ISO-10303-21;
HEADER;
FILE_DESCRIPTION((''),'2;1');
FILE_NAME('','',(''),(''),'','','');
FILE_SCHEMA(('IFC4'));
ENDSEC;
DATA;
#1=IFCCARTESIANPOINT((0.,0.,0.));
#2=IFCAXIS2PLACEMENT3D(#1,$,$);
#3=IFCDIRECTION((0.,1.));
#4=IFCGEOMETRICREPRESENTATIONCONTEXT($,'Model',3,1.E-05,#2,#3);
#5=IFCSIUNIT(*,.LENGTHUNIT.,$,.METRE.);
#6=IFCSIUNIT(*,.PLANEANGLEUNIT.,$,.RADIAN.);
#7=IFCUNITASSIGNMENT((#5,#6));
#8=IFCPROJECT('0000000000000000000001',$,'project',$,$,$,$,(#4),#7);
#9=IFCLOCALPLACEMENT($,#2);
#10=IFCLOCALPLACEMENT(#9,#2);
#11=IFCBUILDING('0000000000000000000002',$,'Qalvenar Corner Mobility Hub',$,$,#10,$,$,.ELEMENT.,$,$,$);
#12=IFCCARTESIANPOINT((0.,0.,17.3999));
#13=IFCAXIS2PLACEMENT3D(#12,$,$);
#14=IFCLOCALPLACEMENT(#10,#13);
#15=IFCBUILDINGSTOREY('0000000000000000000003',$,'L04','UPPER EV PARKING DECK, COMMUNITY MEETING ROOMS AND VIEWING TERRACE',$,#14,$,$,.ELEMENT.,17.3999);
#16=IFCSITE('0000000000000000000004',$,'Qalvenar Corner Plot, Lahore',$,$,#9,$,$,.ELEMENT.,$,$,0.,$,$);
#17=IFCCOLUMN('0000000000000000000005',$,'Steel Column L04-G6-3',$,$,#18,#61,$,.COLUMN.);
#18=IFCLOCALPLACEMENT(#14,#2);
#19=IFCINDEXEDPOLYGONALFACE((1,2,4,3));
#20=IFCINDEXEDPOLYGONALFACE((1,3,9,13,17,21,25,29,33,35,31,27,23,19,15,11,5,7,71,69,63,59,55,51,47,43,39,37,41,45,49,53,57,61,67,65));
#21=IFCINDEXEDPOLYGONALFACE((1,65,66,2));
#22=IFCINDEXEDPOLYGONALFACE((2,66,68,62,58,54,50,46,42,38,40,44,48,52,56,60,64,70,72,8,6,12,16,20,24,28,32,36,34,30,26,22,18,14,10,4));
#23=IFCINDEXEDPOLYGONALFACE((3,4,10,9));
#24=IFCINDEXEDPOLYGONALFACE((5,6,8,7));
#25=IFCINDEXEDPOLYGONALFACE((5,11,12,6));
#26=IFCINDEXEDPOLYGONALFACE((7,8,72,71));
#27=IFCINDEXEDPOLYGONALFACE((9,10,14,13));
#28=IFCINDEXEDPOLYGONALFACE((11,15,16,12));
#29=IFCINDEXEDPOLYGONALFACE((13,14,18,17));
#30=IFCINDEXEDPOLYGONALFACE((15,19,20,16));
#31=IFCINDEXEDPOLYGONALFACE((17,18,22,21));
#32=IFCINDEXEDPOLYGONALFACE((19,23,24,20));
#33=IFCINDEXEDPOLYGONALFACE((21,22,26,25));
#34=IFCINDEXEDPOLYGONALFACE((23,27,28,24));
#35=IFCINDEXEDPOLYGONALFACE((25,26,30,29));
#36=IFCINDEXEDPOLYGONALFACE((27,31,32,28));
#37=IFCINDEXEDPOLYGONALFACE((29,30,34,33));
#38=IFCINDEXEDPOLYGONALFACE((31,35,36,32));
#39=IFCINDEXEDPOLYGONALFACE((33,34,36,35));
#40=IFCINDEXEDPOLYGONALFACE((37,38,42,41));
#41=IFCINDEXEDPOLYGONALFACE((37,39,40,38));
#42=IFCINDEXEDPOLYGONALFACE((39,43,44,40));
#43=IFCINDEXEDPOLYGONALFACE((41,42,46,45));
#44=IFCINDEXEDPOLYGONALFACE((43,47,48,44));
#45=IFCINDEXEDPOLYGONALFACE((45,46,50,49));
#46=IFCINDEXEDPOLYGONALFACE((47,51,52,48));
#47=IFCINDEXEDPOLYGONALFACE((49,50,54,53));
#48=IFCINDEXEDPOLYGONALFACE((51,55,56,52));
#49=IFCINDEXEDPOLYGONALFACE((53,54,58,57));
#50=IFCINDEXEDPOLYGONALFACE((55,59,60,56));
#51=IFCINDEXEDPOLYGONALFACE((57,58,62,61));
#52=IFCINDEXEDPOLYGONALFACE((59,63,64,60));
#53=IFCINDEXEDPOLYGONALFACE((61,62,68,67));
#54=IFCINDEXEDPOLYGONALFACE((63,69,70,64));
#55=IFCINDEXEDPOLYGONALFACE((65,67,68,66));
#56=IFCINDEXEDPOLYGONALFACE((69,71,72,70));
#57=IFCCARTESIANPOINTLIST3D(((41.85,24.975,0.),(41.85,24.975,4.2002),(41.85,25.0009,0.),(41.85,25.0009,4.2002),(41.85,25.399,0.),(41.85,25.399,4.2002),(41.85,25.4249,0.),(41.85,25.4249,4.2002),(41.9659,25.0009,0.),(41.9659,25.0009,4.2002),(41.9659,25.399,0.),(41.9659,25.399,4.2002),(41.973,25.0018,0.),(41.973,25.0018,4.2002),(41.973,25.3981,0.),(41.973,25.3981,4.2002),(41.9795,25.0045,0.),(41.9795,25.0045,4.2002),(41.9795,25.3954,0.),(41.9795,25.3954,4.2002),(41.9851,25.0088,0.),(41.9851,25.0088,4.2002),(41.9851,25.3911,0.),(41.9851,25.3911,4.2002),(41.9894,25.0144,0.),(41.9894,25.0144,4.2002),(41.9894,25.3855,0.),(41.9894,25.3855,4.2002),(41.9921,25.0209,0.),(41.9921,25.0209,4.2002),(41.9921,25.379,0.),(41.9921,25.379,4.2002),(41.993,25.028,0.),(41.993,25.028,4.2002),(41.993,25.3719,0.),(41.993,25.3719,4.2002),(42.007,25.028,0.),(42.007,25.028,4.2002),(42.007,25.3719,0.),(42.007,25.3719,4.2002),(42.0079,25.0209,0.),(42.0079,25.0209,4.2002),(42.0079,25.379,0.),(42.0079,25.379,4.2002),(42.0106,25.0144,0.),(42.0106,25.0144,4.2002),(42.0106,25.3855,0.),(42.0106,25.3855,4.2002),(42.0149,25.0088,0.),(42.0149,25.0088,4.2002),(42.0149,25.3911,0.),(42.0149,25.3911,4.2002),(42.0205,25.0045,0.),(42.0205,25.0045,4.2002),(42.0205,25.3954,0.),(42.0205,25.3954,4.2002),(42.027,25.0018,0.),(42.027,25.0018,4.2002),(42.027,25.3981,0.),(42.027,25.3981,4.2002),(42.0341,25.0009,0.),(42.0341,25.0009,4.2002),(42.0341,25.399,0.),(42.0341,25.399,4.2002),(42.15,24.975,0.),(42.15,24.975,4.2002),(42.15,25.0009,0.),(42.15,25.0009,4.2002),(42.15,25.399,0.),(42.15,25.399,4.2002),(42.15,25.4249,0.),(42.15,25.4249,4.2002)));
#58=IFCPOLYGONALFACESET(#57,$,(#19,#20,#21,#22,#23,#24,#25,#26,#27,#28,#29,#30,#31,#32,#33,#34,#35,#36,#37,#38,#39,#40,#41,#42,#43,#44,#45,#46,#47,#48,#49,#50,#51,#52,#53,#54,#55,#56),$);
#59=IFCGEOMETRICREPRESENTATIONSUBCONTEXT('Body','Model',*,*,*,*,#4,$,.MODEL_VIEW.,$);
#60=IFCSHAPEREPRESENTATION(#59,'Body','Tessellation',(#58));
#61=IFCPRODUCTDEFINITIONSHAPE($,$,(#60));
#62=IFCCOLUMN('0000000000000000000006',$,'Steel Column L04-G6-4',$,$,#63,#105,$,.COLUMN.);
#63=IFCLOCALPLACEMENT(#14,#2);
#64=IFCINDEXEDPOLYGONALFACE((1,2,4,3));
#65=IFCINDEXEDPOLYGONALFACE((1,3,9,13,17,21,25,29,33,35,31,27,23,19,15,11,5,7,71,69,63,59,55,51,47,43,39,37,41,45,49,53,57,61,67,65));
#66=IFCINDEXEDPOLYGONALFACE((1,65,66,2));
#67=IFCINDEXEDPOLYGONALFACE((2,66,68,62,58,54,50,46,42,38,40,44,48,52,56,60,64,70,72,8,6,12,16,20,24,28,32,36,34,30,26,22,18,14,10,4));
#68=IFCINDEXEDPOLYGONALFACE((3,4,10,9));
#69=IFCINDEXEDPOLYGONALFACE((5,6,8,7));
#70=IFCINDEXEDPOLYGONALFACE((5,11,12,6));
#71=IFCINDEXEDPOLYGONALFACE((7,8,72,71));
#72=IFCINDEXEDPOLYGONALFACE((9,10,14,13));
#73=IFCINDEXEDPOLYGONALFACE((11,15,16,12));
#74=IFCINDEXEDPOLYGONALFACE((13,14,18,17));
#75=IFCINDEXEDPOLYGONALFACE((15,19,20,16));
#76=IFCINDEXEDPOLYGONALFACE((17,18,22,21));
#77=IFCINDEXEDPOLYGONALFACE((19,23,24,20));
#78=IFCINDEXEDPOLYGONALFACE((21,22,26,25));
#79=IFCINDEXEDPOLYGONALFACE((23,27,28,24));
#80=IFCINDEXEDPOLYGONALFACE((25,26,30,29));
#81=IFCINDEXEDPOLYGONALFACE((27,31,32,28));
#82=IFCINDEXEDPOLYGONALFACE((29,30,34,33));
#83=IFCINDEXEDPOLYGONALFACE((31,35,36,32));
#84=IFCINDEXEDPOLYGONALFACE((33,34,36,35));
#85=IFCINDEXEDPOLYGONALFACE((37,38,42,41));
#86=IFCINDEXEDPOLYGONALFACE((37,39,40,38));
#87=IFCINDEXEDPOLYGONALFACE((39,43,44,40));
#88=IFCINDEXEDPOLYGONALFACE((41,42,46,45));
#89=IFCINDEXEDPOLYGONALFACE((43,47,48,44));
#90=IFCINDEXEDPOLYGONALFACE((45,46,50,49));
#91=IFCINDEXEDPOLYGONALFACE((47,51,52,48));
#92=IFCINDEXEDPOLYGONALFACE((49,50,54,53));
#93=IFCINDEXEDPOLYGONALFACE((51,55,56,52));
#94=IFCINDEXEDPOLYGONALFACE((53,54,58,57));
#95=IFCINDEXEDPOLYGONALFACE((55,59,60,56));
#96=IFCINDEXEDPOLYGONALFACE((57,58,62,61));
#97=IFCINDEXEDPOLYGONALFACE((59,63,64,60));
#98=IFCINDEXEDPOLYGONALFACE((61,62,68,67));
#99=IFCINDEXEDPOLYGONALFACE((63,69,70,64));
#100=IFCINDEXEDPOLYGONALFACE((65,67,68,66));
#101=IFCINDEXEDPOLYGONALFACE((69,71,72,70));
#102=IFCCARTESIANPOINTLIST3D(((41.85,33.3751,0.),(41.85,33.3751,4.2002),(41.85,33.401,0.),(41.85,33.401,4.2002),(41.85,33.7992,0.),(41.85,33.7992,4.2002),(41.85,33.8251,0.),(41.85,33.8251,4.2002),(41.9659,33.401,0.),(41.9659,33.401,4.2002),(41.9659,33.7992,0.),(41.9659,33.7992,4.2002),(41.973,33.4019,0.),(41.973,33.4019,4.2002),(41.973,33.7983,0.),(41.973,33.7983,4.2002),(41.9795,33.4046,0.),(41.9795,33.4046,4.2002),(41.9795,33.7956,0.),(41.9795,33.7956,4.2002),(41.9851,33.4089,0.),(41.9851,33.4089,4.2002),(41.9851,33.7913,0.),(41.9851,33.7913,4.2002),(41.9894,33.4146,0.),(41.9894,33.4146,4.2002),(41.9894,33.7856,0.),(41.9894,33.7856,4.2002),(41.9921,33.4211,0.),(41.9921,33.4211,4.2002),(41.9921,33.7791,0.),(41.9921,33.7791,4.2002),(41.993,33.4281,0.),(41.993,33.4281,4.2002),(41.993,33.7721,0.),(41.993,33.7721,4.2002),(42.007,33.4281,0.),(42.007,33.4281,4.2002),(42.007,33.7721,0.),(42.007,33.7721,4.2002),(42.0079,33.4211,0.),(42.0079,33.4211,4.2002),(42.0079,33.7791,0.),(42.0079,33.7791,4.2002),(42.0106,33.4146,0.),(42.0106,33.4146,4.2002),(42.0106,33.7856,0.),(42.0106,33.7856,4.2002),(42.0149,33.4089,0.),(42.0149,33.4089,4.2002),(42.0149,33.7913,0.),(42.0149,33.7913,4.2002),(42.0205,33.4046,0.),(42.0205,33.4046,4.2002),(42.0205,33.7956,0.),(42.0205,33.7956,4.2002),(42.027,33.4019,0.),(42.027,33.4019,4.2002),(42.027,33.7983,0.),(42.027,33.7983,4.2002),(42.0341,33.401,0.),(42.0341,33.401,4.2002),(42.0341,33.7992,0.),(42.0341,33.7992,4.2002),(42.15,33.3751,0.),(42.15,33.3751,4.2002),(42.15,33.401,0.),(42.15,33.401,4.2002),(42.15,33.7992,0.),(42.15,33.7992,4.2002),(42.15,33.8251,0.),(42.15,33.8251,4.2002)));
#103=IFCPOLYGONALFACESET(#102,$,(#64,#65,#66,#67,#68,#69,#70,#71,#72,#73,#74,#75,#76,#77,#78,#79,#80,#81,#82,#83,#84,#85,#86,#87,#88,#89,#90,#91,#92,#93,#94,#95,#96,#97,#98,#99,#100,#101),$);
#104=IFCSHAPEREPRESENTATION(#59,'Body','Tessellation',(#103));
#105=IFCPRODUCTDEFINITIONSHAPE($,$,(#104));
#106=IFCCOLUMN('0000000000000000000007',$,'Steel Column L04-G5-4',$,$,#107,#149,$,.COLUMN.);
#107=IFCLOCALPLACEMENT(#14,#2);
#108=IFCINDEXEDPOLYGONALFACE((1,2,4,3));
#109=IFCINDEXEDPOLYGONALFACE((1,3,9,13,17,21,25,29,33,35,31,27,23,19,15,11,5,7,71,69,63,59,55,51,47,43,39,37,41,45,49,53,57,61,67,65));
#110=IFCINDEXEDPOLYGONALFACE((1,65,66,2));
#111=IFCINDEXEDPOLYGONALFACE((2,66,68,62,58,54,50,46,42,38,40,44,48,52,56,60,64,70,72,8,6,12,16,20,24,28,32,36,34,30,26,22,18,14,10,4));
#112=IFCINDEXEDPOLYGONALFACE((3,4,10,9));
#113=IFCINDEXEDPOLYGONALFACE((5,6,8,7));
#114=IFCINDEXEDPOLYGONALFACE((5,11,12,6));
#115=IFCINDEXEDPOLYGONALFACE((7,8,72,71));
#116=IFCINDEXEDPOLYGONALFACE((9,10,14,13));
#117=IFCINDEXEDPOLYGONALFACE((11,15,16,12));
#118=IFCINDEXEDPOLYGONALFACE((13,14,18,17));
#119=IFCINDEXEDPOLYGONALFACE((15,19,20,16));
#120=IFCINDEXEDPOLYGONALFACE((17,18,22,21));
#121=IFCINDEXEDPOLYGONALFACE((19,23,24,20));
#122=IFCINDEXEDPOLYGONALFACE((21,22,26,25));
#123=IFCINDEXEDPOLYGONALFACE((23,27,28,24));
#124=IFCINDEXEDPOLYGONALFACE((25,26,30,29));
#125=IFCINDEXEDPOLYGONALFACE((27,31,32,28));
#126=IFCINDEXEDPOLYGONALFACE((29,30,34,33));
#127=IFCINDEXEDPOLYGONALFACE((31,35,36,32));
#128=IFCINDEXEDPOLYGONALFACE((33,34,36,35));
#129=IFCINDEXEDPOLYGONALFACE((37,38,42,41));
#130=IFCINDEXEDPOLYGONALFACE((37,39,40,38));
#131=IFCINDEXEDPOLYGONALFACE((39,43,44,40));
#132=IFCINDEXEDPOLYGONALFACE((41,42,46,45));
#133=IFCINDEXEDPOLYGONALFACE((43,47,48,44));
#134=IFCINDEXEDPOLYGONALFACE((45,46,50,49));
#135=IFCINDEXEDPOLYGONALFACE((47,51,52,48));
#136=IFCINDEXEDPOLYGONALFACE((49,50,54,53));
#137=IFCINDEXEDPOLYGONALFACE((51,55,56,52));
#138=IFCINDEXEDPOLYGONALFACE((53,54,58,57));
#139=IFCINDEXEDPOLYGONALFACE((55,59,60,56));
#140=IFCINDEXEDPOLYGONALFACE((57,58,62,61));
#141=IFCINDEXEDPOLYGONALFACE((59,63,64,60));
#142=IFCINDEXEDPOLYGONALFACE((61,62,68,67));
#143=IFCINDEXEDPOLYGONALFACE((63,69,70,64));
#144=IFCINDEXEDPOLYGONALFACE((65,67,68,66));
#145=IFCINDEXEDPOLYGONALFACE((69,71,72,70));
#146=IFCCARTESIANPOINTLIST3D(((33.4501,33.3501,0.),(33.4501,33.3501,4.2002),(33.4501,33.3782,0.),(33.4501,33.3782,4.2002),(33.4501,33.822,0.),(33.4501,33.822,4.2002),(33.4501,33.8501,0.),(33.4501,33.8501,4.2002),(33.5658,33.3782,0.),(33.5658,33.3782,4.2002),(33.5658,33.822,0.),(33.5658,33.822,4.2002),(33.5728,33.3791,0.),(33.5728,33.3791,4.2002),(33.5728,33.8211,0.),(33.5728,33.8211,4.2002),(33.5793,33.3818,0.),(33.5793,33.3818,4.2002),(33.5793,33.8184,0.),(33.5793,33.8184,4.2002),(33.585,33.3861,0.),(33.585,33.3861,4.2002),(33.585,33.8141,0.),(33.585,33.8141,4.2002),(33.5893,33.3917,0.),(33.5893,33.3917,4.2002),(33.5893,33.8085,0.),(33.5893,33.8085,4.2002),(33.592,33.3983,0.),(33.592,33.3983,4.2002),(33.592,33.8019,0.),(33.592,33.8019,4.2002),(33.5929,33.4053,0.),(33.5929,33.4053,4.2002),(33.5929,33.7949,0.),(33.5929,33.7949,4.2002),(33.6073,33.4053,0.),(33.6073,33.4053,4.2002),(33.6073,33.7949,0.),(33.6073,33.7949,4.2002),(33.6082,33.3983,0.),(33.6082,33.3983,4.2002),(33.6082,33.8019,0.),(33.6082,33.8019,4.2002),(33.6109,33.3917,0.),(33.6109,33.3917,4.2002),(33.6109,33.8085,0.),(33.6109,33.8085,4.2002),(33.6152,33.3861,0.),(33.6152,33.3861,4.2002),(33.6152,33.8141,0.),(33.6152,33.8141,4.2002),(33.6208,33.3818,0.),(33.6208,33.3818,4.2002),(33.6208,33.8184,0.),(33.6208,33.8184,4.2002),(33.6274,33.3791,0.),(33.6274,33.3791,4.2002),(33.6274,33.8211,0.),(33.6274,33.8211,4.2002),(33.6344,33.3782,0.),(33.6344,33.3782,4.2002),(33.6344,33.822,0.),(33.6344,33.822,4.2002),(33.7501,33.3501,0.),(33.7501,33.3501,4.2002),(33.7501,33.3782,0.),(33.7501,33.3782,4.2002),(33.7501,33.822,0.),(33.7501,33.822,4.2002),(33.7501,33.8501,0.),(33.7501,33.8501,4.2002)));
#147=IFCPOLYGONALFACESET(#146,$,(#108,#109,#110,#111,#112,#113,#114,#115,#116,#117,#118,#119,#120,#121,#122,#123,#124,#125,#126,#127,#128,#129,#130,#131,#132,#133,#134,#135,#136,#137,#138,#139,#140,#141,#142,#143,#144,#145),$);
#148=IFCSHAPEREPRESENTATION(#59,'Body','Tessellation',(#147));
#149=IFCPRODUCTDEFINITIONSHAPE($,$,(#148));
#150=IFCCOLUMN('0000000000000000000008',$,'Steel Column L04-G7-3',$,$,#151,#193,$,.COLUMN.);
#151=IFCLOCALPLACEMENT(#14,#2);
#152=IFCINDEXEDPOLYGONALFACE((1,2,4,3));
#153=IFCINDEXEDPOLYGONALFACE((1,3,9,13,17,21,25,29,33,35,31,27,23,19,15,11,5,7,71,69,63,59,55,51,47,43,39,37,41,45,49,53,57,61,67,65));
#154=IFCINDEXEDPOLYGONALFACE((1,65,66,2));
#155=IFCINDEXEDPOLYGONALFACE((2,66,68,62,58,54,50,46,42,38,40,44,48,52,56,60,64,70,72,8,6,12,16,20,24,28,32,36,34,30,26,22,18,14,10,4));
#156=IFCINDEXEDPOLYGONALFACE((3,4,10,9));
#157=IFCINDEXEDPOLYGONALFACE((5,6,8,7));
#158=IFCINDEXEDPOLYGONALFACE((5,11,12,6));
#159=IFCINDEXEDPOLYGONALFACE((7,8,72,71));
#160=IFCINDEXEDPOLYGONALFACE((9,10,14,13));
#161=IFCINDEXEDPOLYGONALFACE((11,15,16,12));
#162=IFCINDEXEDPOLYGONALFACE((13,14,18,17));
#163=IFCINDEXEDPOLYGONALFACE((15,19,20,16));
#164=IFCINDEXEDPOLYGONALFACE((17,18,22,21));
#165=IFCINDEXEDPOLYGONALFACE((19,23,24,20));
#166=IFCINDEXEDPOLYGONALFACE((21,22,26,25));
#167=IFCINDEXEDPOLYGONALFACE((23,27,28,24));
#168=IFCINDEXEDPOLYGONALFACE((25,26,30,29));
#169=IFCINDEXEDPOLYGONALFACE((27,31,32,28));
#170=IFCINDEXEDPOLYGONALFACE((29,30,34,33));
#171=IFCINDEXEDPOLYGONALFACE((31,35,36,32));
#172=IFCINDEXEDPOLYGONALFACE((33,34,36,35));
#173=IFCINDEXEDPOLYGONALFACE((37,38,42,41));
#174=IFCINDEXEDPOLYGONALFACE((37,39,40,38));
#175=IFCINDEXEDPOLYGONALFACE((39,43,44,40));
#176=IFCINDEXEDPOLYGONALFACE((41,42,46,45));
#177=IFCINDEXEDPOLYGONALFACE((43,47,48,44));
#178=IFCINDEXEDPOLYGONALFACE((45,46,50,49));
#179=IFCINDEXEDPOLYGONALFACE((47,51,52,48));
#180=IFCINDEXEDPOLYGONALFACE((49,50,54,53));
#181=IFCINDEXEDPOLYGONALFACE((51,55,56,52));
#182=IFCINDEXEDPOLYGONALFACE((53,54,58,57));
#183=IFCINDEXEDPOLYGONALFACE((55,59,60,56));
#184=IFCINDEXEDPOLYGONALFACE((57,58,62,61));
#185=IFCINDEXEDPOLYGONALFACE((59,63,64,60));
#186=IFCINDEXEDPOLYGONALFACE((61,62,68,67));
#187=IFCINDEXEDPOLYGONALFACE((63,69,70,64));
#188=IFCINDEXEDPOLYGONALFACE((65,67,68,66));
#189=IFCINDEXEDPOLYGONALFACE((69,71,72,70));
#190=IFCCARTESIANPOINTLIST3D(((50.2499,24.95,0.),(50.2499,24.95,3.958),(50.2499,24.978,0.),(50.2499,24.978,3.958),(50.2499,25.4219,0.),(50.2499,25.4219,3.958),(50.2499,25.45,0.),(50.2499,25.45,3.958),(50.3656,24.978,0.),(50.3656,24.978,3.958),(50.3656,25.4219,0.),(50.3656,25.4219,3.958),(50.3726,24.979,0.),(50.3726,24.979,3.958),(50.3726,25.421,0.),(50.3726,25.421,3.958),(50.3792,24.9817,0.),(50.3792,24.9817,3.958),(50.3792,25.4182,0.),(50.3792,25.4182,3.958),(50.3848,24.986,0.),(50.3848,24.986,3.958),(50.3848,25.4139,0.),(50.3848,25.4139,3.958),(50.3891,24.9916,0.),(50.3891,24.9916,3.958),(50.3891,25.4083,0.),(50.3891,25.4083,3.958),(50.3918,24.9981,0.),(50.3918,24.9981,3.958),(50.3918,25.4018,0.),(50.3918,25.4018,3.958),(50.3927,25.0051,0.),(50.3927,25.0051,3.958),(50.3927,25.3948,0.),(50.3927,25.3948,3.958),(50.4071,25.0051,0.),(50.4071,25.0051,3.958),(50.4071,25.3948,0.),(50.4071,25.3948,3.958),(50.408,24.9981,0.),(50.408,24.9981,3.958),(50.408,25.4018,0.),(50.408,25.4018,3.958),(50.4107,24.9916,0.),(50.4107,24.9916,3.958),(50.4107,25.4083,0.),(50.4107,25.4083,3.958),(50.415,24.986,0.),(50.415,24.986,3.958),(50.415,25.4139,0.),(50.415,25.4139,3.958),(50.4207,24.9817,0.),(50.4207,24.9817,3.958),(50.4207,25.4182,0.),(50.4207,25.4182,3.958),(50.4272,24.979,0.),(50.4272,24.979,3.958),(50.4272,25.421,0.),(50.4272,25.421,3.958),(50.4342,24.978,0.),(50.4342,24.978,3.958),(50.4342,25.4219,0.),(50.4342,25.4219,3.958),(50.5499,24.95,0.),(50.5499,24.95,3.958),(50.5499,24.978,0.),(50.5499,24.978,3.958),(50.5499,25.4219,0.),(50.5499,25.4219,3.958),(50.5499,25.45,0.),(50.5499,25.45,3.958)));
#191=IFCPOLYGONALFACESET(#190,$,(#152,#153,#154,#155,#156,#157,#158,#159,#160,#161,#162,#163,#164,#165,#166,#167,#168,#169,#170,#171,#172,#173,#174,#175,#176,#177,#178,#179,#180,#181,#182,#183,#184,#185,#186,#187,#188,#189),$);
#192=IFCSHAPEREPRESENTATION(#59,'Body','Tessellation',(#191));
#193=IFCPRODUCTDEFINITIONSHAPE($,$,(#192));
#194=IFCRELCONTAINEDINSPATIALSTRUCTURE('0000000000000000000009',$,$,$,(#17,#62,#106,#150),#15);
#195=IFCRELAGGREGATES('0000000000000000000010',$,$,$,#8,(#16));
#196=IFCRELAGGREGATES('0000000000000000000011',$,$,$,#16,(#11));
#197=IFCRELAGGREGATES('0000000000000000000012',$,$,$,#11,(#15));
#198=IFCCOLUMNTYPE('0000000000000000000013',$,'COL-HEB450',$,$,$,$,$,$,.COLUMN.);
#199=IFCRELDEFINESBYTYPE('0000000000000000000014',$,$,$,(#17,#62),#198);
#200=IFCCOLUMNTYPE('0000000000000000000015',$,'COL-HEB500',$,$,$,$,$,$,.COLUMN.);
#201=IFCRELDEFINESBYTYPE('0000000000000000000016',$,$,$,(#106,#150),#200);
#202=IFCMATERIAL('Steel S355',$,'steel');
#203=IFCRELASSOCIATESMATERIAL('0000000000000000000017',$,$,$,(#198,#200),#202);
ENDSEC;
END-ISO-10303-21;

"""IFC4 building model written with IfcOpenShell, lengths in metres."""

from ifc_helpers import new_model, si_unit, direction, frame, origin, origin_2d, place, context, subcontext, project, spatial, i_section, extrude, material, material_profile, profile_set, type_object, element, save


model = new_model("IFC4")

# Units and contexts
model_context = context("Model", 3, precision=1e-05, world=origin(), true_north=direction((0.0, 1.0)))
body_context = subcontext(model_context, "Body", "Model", "MODEL_VIEW")
ifc_project = project(units=[si_unit("LENGTHUNIT", "METRE"), si_unit("PLANEANGLEUNIT", "RADIAN")], contexts=[model_context])

# Site, building, storey
site_placement = place(None, origin())
site = spatial("IfcSite", under=ifc_project, at=site_placement, Name="Qalvenar Corner Plot, Lahore", CompositionType="ELEMENT", RefElevation=0.0)
building_placement = place(site_placement, origin())
building = spatial("IfcBuilding", under=site, at=building_placement, Name="Qalvenar Corner Mobility Hub", CompositionType="ELEMENT")
storey_placement = place(building_placement, frame((0.0, 0.0, 17.3999)))
storey = spatial("IfcBuildingStorey", under=building, at=storey_placement, Name="L04", Description="UPPER EV PARKING DECK, COMMUNITY MEETING ROOMS AND VIEWING TERRACE", CompositionType="ELEMENT", Elevation=17.3999)

# Columns
ifc_material_1 = material(Name="Steel S355", Category="steel")
ifc_material_profile_1 = material_profile(ifc_material_1, i_section(OverallWidth=0.3, OverallDepth=0.45, WebThickness=0.0139, FlangeThickness=0.0259, FilletRadius=0.0271, at=origin_2d()), Name="HEB450")
ifc_profile_set_1 = profile_set([ifc_material_profile_1], Name="Steel S355")
column_type_1 = type_object("IfcColumnType", Name="COL-HEB450", PredefinedType="COLUMN", material=ifc_profile_set_1)
for number, where, z_axis, x_axis, name in (
    (1, (42.0, 25.2, 0.0), (0.0, 0.0, 1.0), (1.0, 0.0, 0.0), "Steel Column L04-G6-3"),
    (2, (42.0, 33.6001, 0.0), (0.0, 0.0, 1.0), (1.0, 0.0, 0.0), "Steel Column L04-G6-4"),
):
    element("IfcColumn", number, at=place(storey_placement, frame(where, z_axis=z_axis, x_axis=x_axis)), inside=storey, type_object=column_type_1, Name=name, PredefinedType="COLUMN", context=body_context, shape_type="SweptSolid", body=[
        extrude(i_section(OverallWidth=0.3, OverallDepth=0.45, WebThickness=0.0139, FlangeThickness=0.0259, FilletRadius=0.0271, at=origin_2d()), origin(), (0.0, 0.0, 1.0), 4.2002),
    ])
ifc_material_profile_2 = material_profile(ifc_material_1, i_section(OverallWidth=0.3, OverallDepth=0.5, WebThickness=0.0144, FlangeThickness=0.0281, FilletRadius=0.0271, at=origin_2d()), Name="HEB500")
ifc_profile_set_2 = profile_set([ifc_material_profile_2], Name="Steel S355")
column_type_2 = type_object("IfcColumnType", Name="COL-HEB500", PredefinedType="COLUMN", material=ifc_profile_set_2)
column_placement = place(storey_placement, frame((33.6001, 33.6001, 0.0), z_axis=(0.0, 0.0, 1.0), x_axis=(1.0, 0.0, 0.0)))
element("IfcColumn", 3, at=column_placement, inside=storey, type_object=column_type_2, Name="Steel Column L04-G5-4", PredefinedType="COLUMN", context=body_context, shape_type="SweptSolid", body=[
    extrude(i_section(OverallWidth=0.3, OverallDepth=0.5, WebThickness=0.0144, FlangeThickness=0.0281, FilletRadius=0.0271, at=origin_2d()), origin(), (0.0, 0.0, 1.0), 4.2002),
])
for number, where, z_axis, x_axis, name in (
    (4, (50.3999, 25.2, 0.0), (0.0, 0.0, 1.0), (1.0, 0.0, 0.0), "Steel Column L04-G7-3"),
):
    element("IfcColumn", number, at=place(storey_placement, frame(where, z_axis=z_axis, x_axis=x_axis)), inside=storey, type_object=column_type_2, Name=name, PredefinedType="COLUMN", context=body_context, shape_type="SweptSolid", body=[
        extrude(i_section(OverallWidth=0.3, OverallDepth=0.5, WebThickness=0.0144, FlangeThickness=0.0281, FilletRadius=0.0271, at=origin_2d()), origin(), (0.0, 0.0, 1.0), 3.958),
    ])

save(model, "model.ifc")
